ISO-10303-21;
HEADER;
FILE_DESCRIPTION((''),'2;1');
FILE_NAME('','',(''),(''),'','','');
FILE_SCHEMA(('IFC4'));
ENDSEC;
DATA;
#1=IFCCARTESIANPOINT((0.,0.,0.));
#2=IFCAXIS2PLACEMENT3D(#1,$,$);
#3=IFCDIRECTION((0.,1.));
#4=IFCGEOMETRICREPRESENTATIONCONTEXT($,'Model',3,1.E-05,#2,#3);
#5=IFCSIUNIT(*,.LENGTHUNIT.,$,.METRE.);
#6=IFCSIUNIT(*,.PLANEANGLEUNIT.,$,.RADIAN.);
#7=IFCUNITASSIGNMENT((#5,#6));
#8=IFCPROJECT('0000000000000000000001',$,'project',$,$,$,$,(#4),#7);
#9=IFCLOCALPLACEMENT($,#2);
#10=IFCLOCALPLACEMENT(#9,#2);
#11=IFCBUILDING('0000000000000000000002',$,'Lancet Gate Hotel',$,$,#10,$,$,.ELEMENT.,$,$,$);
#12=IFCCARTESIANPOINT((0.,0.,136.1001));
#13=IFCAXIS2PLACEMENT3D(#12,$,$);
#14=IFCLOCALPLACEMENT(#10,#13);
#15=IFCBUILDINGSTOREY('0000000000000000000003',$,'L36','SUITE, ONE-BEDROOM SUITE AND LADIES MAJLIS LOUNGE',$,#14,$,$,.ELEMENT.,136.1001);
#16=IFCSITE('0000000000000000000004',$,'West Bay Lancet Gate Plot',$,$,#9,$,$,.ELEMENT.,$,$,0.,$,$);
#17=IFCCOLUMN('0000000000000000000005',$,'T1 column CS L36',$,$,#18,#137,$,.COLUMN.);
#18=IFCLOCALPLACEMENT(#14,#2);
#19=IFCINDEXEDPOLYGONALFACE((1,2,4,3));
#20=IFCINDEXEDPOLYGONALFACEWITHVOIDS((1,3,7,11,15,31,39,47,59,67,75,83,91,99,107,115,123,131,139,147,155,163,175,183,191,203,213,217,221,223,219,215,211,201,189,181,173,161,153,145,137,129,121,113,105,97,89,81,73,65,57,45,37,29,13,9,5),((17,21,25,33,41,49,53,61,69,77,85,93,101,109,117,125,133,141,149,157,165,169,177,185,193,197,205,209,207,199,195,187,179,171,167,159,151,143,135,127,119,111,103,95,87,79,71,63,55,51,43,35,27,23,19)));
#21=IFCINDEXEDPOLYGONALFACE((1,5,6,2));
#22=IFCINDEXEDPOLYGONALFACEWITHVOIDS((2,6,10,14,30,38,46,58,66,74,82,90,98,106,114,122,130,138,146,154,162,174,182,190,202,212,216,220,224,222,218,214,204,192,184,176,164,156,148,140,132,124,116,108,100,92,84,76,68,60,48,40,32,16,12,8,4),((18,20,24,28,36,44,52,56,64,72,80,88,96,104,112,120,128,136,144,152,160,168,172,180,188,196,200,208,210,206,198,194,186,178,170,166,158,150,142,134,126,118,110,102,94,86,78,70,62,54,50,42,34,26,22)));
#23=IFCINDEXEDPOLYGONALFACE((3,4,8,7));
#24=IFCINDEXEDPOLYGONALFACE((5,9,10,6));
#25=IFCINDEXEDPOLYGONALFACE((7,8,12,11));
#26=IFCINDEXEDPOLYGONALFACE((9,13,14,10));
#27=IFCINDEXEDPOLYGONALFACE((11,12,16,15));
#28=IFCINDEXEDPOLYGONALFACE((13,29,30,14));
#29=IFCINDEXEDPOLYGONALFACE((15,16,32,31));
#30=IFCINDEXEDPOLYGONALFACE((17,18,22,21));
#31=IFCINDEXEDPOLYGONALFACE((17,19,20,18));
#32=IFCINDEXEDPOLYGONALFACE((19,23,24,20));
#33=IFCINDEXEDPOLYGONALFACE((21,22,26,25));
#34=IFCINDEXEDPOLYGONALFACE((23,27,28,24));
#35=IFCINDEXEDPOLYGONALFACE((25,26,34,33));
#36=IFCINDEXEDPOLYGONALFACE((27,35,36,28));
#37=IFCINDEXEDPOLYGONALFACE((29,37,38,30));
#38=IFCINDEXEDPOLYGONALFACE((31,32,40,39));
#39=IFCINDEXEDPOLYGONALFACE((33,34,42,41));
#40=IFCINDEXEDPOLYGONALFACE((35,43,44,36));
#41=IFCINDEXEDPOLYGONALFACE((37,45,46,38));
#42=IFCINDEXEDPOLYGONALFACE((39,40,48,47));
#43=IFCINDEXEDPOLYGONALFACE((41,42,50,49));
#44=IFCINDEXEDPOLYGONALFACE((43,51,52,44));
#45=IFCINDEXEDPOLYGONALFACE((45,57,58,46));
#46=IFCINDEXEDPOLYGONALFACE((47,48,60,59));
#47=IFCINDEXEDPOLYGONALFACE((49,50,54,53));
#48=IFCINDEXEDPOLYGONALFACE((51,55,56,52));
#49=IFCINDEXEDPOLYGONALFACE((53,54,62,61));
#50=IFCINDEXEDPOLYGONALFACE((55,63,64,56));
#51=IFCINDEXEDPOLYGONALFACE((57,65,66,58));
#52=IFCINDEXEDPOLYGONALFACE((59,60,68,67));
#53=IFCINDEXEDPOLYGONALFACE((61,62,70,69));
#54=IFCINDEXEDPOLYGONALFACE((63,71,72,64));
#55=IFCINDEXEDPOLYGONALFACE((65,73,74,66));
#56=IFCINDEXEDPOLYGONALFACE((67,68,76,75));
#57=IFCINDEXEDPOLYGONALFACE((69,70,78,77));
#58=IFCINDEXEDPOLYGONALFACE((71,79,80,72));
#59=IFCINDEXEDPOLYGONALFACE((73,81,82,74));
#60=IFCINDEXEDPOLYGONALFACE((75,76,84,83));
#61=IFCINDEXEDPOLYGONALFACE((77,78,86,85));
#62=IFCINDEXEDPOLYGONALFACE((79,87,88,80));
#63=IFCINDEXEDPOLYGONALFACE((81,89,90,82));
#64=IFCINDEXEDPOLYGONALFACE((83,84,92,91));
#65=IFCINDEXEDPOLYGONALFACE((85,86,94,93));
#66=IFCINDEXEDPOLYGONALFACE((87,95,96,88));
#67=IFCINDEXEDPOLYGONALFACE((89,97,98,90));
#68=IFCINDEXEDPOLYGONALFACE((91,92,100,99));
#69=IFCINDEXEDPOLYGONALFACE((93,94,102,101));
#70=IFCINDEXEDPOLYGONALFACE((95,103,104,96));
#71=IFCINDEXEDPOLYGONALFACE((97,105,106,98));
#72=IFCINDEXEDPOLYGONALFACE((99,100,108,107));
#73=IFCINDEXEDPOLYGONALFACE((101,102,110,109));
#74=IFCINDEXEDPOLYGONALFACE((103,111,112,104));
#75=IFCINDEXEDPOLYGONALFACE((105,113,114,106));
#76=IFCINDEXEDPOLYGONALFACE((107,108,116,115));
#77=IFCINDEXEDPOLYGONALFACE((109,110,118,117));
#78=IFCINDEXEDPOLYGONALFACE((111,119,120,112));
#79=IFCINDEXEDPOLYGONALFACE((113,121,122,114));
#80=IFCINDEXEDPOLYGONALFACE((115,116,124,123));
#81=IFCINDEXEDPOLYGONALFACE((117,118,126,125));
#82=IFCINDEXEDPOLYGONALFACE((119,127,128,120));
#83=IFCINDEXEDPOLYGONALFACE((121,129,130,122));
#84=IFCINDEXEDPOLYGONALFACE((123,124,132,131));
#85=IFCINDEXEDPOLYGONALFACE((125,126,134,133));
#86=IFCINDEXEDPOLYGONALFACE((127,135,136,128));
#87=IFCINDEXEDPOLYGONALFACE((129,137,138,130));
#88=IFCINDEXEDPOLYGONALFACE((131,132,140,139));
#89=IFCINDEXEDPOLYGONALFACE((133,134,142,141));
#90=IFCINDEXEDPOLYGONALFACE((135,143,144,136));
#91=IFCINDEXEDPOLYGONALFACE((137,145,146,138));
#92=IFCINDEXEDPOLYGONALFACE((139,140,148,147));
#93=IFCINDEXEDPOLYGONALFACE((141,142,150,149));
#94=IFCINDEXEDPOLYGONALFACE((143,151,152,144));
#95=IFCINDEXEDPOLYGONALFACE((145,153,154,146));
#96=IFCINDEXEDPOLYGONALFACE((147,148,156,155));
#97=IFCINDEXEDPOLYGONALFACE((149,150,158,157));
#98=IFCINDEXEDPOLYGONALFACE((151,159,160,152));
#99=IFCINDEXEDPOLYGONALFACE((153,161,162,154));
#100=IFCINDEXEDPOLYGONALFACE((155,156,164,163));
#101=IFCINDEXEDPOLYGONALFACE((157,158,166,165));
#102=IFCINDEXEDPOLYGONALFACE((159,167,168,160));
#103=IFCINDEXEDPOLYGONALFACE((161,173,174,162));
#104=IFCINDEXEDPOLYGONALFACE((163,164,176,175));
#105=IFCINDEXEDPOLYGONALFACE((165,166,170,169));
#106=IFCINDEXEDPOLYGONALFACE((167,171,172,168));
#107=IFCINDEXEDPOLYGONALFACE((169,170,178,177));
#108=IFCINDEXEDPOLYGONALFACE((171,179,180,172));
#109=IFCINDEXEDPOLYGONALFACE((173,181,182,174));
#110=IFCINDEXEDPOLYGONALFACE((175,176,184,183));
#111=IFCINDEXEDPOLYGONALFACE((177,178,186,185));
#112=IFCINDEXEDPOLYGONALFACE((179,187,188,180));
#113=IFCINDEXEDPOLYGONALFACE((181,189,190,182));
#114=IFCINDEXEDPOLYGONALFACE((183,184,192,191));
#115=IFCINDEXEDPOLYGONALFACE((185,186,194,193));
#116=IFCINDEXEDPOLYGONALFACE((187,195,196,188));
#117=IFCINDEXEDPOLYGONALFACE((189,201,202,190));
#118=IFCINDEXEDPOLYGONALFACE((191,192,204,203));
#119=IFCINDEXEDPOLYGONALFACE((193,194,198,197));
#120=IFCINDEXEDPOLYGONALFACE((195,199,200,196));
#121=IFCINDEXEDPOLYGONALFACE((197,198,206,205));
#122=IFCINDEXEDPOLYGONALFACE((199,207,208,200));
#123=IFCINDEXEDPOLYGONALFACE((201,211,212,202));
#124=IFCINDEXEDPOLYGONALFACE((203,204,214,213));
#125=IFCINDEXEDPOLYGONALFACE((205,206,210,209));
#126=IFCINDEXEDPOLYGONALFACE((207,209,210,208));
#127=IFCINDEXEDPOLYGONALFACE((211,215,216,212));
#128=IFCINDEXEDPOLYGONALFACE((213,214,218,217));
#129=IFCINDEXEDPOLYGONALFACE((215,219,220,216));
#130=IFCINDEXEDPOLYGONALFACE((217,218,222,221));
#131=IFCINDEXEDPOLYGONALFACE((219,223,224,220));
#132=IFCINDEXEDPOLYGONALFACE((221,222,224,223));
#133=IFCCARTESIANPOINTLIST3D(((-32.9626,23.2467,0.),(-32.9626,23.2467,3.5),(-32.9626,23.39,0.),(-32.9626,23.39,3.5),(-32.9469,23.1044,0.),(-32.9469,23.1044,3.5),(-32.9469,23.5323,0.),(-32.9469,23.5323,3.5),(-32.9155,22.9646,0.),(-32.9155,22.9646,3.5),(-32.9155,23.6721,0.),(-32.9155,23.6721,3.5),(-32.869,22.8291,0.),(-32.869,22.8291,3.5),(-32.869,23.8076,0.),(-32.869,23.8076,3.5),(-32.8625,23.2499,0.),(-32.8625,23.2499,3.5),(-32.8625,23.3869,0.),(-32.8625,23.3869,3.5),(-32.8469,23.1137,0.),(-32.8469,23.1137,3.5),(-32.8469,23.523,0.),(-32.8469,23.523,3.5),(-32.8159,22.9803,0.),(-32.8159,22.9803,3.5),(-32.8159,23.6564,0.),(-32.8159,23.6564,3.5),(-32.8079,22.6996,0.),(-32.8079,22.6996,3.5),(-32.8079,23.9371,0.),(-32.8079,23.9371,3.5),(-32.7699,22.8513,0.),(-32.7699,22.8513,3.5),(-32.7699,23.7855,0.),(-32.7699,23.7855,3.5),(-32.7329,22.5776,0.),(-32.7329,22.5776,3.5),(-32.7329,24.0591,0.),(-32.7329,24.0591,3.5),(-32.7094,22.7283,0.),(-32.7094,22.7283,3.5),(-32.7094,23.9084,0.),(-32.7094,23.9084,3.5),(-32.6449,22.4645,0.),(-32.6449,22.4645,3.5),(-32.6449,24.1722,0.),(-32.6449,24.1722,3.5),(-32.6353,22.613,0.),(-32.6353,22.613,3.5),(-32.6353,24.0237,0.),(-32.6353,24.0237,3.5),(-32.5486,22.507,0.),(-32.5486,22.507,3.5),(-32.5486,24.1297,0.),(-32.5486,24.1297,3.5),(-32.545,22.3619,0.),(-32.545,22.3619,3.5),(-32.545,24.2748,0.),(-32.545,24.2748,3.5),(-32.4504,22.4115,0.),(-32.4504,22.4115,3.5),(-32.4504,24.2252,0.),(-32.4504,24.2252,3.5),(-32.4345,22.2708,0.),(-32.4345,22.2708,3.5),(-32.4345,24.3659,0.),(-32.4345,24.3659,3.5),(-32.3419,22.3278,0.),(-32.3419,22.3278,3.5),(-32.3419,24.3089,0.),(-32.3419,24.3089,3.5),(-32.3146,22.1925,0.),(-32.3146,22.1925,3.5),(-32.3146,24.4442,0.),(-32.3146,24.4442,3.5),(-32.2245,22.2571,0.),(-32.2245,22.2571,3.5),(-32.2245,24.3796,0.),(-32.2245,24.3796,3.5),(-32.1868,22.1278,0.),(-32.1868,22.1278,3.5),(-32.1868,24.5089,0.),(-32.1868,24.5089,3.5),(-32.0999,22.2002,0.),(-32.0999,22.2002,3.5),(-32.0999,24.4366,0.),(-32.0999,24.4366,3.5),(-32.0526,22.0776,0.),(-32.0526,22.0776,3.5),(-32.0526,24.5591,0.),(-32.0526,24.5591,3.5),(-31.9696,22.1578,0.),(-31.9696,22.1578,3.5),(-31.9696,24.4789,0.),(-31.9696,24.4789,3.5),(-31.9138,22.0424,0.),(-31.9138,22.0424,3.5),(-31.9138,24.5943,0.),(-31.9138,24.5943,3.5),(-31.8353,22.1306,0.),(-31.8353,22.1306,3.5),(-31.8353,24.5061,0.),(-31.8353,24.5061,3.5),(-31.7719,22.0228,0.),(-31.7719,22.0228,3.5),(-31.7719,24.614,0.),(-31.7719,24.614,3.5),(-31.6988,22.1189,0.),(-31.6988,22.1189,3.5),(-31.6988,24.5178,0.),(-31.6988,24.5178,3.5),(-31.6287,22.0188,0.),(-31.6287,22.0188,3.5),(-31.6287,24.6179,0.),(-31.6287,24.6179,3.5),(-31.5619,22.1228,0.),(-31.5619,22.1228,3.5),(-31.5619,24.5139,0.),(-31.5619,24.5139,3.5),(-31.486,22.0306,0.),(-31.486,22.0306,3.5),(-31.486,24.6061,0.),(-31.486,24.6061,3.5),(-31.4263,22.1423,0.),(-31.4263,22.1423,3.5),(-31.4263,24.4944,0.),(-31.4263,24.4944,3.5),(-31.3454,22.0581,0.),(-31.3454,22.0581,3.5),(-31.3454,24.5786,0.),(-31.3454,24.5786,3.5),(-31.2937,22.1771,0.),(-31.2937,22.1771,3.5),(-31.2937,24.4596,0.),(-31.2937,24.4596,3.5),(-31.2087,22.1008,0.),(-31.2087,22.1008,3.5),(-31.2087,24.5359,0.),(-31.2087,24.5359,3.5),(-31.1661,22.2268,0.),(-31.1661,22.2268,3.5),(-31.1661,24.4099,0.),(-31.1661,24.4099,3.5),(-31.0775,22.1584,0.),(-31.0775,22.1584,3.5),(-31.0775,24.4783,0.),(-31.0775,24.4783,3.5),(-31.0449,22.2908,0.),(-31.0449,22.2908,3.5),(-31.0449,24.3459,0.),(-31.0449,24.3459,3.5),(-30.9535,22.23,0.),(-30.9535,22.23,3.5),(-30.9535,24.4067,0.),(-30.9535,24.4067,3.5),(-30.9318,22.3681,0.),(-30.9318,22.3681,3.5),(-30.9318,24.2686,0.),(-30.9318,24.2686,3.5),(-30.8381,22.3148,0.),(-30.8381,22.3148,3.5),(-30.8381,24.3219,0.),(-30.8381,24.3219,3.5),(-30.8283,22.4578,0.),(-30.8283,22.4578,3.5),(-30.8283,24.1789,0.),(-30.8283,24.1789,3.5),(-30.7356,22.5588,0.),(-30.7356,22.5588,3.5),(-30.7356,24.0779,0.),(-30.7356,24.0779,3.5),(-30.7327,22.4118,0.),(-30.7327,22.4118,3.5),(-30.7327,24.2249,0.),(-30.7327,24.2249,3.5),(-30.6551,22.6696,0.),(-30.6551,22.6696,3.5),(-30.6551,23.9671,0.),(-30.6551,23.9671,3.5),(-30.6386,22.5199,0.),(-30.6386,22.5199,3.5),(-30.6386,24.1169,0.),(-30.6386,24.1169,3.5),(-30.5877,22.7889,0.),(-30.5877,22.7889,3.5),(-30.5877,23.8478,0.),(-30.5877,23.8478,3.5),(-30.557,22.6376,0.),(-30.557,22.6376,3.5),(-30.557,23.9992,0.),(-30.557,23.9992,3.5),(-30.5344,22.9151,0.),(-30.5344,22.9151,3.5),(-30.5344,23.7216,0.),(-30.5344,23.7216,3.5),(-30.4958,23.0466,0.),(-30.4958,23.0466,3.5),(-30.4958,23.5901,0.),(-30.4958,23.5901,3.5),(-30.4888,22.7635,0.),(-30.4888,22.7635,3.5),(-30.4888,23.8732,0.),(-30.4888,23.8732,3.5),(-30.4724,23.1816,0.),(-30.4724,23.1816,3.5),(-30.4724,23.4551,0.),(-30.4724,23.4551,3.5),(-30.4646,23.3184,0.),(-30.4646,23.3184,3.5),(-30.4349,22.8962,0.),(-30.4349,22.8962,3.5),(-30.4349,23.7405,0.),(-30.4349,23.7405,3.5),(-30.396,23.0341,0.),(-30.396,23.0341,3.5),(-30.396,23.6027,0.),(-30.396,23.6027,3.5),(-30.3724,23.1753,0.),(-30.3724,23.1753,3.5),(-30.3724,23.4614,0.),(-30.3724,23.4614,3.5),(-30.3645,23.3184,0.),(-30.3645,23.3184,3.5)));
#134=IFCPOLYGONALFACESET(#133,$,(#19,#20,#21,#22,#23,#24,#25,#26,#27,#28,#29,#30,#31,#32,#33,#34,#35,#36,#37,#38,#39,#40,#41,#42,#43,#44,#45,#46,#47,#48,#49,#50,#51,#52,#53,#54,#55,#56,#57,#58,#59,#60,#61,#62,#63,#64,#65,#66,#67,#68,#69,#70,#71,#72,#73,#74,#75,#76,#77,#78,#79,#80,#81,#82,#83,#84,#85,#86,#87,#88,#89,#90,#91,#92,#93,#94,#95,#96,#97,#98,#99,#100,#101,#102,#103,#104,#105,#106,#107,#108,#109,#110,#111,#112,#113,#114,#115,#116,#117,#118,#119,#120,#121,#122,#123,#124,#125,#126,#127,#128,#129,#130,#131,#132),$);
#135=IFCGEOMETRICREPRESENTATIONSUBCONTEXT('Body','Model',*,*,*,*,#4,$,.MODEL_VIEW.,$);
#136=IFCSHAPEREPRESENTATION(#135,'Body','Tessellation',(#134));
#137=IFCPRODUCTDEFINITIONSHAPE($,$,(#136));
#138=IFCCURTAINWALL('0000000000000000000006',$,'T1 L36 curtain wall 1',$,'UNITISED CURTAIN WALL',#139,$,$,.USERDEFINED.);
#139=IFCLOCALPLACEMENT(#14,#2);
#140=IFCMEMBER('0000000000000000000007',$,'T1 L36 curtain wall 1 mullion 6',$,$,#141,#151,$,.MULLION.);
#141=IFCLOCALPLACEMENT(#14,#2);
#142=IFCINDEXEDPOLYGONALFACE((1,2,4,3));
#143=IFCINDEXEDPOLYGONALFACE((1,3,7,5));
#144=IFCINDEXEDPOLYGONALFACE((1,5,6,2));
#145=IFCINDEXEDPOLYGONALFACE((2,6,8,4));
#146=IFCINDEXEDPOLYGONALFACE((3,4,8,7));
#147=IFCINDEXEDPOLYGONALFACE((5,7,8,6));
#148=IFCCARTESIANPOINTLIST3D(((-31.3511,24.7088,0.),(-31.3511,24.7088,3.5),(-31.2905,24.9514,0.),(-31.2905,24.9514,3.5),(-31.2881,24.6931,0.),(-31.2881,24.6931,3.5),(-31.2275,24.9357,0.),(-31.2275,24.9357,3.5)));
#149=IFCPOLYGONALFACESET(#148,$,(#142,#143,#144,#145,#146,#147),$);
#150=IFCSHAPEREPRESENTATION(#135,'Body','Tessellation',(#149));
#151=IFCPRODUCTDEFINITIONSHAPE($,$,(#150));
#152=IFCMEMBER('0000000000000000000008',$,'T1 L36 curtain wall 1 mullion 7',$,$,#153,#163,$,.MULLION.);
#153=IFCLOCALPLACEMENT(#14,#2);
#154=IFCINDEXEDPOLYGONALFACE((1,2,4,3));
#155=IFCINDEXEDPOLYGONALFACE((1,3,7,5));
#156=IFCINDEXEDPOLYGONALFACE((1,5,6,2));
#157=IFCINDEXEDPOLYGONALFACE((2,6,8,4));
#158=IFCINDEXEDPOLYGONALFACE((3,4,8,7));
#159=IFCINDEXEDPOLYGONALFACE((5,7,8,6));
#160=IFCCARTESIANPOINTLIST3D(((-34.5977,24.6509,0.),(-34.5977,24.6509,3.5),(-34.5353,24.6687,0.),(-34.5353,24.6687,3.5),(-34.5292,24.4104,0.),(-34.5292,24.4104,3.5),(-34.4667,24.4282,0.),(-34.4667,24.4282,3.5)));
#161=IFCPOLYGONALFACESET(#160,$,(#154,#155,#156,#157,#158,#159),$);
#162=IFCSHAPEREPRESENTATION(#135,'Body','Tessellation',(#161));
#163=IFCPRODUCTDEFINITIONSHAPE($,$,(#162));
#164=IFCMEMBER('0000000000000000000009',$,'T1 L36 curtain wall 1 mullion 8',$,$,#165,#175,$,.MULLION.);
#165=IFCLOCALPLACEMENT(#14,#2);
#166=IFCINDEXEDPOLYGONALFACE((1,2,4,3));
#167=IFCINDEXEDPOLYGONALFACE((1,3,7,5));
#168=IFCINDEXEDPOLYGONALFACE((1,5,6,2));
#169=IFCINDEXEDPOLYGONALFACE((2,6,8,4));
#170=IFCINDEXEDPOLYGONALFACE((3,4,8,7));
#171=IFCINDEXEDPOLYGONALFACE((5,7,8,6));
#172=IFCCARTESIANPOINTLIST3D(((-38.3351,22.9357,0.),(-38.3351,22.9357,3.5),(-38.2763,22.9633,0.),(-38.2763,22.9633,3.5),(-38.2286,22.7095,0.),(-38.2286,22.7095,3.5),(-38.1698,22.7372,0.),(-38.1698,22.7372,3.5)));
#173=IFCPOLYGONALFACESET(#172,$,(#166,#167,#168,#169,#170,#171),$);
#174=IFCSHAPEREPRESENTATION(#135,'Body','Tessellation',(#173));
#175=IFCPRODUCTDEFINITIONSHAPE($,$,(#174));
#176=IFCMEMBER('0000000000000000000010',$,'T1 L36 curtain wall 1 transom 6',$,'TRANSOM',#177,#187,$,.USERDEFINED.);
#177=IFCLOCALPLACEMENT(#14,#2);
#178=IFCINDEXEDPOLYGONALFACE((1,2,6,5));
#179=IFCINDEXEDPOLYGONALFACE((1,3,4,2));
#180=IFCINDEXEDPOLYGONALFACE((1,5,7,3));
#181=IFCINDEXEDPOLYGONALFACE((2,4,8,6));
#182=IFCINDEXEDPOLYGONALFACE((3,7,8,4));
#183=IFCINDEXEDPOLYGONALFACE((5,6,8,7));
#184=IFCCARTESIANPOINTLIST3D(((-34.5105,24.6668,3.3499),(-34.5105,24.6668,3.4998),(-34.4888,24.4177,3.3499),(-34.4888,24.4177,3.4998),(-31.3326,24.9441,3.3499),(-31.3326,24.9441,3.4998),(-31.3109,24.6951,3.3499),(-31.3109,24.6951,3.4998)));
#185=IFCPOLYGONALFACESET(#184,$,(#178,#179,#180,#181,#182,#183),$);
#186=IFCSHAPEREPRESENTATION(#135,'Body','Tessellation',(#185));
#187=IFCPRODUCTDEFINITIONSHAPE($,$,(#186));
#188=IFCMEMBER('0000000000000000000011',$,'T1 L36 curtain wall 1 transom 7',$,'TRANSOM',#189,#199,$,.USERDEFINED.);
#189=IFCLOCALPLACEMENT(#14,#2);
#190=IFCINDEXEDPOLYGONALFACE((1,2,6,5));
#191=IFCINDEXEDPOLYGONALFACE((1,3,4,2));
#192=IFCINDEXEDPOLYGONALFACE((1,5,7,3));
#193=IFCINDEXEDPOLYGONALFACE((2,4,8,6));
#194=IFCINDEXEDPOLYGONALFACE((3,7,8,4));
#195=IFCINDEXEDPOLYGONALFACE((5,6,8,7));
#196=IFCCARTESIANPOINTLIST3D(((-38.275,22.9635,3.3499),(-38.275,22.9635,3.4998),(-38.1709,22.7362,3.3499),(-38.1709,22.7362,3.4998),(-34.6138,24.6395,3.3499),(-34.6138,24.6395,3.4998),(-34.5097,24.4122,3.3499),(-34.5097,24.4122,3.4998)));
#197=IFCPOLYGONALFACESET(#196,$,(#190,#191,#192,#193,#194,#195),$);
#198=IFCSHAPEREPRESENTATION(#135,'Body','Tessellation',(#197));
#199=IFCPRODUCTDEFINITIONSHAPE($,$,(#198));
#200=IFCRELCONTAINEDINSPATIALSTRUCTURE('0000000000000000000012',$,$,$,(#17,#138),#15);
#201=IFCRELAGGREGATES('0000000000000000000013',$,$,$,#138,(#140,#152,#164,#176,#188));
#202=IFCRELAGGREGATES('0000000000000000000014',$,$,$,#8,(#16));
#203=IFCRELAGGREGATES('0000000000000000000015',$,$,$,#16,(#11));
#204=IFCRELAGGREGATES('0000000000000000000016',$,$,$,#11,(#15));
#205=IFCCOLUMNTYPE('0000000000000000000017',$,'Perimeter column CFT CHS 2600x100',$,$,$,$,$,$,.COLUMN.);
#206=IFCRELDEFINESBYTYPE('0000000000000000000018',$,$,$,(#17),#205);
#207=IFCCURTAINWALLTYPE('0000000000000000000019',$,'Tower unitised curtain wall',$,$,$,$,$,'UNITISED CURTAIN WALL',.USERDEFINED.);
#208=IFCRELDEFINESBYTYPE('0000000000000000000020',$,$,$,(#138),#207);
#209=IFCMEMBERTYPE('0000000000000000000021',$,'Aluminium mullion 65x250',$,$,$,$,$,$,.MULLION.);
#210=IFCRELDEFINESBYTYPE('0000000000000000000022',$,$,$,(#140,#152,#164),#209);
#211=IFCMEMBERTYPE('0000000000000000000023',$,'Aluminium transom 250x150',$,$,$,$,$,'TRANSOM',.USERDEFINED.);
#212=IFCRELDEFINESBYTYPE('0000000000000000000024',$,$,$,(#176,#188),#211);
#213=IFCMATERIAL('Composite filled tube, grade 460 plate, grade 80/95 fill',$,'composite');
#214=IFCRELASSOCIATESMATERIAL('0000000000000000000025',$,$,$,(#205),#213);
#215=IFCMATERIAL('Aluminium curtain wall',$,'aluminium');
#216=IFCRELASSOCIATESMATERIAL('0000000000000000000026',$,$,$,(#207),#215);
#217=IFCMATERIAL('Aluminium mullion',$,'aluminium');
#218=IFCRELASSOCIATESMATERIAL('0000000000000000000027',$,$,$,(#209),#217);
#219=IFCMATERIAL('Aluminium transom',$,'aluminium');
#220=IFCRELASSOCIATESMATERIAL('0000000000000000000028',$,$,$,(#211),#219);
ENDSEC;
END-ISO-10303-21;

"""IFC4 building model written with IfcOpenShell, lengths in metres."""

from ifc_helpers import new_model, si_unit, direction, frame, origin, origin_2d, place, context, subcontext, project, spatial, rectangle, hollow_circle, extrude, material, material_profile, profile_set, type_object, element, aggregate, save


model = new_model("IFC4")

# Units and contexts
model_context = context("Model", 3, precision=1e-05, world=origin(), true_north=direction((0.0, 1.0)))
body_context = subcontext(model_context, "Body", "Model", "MODEL_VIEW")
ifc_project = project(units=[si_unit("LENGTHUNIT", "METRE"), si_unit("PLANEANGLEUNIT", "RADIAN")], contexts=[model_context])

# Site, building, storey
site_placement = place(None, origin())
site = spatial("IfcSite", under=ifc_project, at=site_placement, Name="West Bay Lancet Gate Plot", CompositionType="ELEMENT", RefElevation=0.0)
building_placement = place(site_placement, origin())
building = spatial("IfcBuilding", under=site, at=building_placement, Name="Lancet Gate Hotel", CompositionType="ELEMENT")
storey_placement = place(building_placement, frame((0.0, 0.0, 136.1001)))
storey = spatial("IfcBuildingStorey", under=building, at=storey_placement, Name="L36", Description="SUITE, ONE-BEDROOM SUITE AND LADIES MAJLIS LOUNGE", CompositionType="ELEMENT", Elevation=136.1001)

# Column
ifc_material_1 = material(Name="Composite filled tube, grade 460 plate, grade 80/95 fill", Category="composite")
ifc_material_profile_1 = material_profile(ifc_material_1, hollow_circle(Radius=1.3, WallThickness=0.1001, at=origin_2d()), Name="CHS 2600x100")
ifc_profile_set_1 = profile_set([ifc_material_profile_1], Name="Composite filled tube, grade 460 plate, grade 80/95 fill")
column_type = type_object("IfcColumnType", Name="Perimeter column CFT CHS 2600x100", PredefinedType="COLUMN", material=ifc_profile_set_1)
column_placement = place(storey_placement, frame((-31.6646, 23.3184, 0.0), z_axis=(0.0, 0.0, 1.0), x_axis=(1.0, 0.0, 0.0)))
element("IfcColumn", 1, at=column_placement, inside=storey, type_object=column_type, Name="T1 column CS L36", PredefinedType="COLUMN", context=body_context, shape_type="SweptSolid", body=[
    extrude(hollow_circle(Radius=1.3, WallThickness=0.1001, at=origin_2d()), origin(), (0.0, 0.0, 1.0), 3.5),
])

# Curtain wall, members
ifc_material_2 = material(Name="Aluminium curtain wall", Category="aluminium")
curtain_wall_type = type_object("IfcCurtainWallType", Name="Tower unitised curtain wall", ElementType="UNITISED CURTAIN WALL", PredefinedType="USERDEFINED", material=ifc_material_2)
curtain_wall_placement = place(storey_placement, origin())
curtain_wall = element("IfcCurtainWall", 2, at=curtain_wall_placement, inside=storey, type_object=curtain_wall_type, Name="T1 L36 curtain wall 1", ObjectType="UNITISED CURTAIN WALL", PredefinedType="USERDEFINED")
ifc_material_3 = material(Name="Aluminium mullion", Category="aluminium")
ifc_material_profile_2 = material_profile(ifc_material_3, rectangle(XDim=0.0649, YDim=0.25, at=origin_2d()), Name="MULLION 65x250")
ifc_profile_set_2 = profile_set([ifc_material_profile_2], Name="Aluminium mullion")
member_type_1 = type_object("IfcMemberType", Name="Aluminium mullion 65x250", PredefinedType="MULLION", material=ifc_profile_set_2)
member_1_placement = place(storey_placement, frame((-31.2893, 24.8223, 0.0), z_axis=(0.0, 0.0, 1.0), x_axis=(-0.970242, 0.242137, 0.0)))
member_1 = element("IfcMember", 3, at=member_1_placement, type_object=member_type_1, Name="T1 L36 curtain wall 1 mullion 6", PredefinedType="MULLION", context=body_context, shape_type="SweptSolid", body=[
    extrude(rectangle(XDim=0.0649, YDim=0.25, at=origin_2d()), origin(), (0.0, 0.0, 1.0), 3.5),
])
member_2_placement = place(storey_placement, frame((-34.5322, 24.5396, 0.0), z_axis=(0.0, 0.0, 1.0), x_axis=(-0.961653, -0.274268, 0.0)))
member_2 = element("IfcMember", 4, at=member_2_placement, type_object=member_type_1, Name="T1 L36 curtain wall 1 mullion 7", PredefinedType="MULLION", context=body_context, shape_type="SweptSolid", body=[
    extrude(rectangle(XDim=0.0649, YDim=0.25, at=origin_2d()), origin(), (0.0, 0.0, 1.0), 3.5),
])
member_3_placement = place(storey_placement, frame((-38.2524, 22.8364, 0.0), z_axis=(0.0, 0.0, 1.0), x_axis=(-0.90472, -0.426008, 0.0)))
member_3 = element("IfcMember", 5, at=member_3_placement, type_object=member_type_1, Name="T1 L36 curtain wall 1 mullion 8", PredefinedType="MULLION", context=body_context, shape_type="SweptSolid", body=[
    extrude(rectangle(XDim=0.0649, YDim=0.25, at=origin_2d()), origin(), (0.0, 0.0, 1.0), 3.5),
])
ifc_material_4 = material(Name="Aluminium transom", Category="aluminium")
ifc_material_profile_3 = material_profile(ifc_material_4, rectangle(XDim=0.25, YDim=0.1499, at=origin_2d()), Name="TRANSOM 250x150")
ifc_profile_set_3 = profile_set([ifc_material_profile_3], Name="Aluminium transom")
member_type_2 = type_object("IfcMemberType", Name="Aluminium transom 250x150", ElementType="TRANSOM", PredefinedType="USERDEFINED", material=ifc_profile_set_3)
member_4_placement = place(storey_placement, frame((-31.3218, 24.8196, 3.4248), z_axis=(-0.996214, -0.08694, 0.0), x_axis=(0.08694, -0.996214, 0.0)))
member_4 = element("IfcMember", 6, at=member_4_placement, type_object=member_type_2, Name="T1 L36 curtain wall 1 transom 6", ObjectType="TRANSOM", PredefinedType="USERDEFINED", context=body_context, shape_type="SweptSolid", body=[
    extrude(rectangle(XDim=0.25, YDim=0.1499, at=origin_2d()), origin(), (0.0, 0.0, 1.0), 3.1899),
])
member_5_placement = place(storey_placement, frame((-34.5618, 24.5259, 3.4248), z_axis=(-0.909252, -0.416245, 0.0), x_axis=(0.416245, -0.909252, 0.0)))
member_5 = element("IfcMember", 7, at=member_5_placement, type_object=member_type_2, Name="T1 L36 curtain wall 1 transom 7", ObjectType="TRANSOM", PredefinedType="USERDEFINED", context=body_context, shape_type="SweptSolid", body=[
    extrude(rectangle(XDim=0.25, YDim=0.1499, at=origin_2d()), origin(), (0.0, 0.0, 1.0), 4.0266),
])

aggregate(curtain_wall, [member_1, member_2, member_3, member_4, member_5])

save(model, "model.ifc")
